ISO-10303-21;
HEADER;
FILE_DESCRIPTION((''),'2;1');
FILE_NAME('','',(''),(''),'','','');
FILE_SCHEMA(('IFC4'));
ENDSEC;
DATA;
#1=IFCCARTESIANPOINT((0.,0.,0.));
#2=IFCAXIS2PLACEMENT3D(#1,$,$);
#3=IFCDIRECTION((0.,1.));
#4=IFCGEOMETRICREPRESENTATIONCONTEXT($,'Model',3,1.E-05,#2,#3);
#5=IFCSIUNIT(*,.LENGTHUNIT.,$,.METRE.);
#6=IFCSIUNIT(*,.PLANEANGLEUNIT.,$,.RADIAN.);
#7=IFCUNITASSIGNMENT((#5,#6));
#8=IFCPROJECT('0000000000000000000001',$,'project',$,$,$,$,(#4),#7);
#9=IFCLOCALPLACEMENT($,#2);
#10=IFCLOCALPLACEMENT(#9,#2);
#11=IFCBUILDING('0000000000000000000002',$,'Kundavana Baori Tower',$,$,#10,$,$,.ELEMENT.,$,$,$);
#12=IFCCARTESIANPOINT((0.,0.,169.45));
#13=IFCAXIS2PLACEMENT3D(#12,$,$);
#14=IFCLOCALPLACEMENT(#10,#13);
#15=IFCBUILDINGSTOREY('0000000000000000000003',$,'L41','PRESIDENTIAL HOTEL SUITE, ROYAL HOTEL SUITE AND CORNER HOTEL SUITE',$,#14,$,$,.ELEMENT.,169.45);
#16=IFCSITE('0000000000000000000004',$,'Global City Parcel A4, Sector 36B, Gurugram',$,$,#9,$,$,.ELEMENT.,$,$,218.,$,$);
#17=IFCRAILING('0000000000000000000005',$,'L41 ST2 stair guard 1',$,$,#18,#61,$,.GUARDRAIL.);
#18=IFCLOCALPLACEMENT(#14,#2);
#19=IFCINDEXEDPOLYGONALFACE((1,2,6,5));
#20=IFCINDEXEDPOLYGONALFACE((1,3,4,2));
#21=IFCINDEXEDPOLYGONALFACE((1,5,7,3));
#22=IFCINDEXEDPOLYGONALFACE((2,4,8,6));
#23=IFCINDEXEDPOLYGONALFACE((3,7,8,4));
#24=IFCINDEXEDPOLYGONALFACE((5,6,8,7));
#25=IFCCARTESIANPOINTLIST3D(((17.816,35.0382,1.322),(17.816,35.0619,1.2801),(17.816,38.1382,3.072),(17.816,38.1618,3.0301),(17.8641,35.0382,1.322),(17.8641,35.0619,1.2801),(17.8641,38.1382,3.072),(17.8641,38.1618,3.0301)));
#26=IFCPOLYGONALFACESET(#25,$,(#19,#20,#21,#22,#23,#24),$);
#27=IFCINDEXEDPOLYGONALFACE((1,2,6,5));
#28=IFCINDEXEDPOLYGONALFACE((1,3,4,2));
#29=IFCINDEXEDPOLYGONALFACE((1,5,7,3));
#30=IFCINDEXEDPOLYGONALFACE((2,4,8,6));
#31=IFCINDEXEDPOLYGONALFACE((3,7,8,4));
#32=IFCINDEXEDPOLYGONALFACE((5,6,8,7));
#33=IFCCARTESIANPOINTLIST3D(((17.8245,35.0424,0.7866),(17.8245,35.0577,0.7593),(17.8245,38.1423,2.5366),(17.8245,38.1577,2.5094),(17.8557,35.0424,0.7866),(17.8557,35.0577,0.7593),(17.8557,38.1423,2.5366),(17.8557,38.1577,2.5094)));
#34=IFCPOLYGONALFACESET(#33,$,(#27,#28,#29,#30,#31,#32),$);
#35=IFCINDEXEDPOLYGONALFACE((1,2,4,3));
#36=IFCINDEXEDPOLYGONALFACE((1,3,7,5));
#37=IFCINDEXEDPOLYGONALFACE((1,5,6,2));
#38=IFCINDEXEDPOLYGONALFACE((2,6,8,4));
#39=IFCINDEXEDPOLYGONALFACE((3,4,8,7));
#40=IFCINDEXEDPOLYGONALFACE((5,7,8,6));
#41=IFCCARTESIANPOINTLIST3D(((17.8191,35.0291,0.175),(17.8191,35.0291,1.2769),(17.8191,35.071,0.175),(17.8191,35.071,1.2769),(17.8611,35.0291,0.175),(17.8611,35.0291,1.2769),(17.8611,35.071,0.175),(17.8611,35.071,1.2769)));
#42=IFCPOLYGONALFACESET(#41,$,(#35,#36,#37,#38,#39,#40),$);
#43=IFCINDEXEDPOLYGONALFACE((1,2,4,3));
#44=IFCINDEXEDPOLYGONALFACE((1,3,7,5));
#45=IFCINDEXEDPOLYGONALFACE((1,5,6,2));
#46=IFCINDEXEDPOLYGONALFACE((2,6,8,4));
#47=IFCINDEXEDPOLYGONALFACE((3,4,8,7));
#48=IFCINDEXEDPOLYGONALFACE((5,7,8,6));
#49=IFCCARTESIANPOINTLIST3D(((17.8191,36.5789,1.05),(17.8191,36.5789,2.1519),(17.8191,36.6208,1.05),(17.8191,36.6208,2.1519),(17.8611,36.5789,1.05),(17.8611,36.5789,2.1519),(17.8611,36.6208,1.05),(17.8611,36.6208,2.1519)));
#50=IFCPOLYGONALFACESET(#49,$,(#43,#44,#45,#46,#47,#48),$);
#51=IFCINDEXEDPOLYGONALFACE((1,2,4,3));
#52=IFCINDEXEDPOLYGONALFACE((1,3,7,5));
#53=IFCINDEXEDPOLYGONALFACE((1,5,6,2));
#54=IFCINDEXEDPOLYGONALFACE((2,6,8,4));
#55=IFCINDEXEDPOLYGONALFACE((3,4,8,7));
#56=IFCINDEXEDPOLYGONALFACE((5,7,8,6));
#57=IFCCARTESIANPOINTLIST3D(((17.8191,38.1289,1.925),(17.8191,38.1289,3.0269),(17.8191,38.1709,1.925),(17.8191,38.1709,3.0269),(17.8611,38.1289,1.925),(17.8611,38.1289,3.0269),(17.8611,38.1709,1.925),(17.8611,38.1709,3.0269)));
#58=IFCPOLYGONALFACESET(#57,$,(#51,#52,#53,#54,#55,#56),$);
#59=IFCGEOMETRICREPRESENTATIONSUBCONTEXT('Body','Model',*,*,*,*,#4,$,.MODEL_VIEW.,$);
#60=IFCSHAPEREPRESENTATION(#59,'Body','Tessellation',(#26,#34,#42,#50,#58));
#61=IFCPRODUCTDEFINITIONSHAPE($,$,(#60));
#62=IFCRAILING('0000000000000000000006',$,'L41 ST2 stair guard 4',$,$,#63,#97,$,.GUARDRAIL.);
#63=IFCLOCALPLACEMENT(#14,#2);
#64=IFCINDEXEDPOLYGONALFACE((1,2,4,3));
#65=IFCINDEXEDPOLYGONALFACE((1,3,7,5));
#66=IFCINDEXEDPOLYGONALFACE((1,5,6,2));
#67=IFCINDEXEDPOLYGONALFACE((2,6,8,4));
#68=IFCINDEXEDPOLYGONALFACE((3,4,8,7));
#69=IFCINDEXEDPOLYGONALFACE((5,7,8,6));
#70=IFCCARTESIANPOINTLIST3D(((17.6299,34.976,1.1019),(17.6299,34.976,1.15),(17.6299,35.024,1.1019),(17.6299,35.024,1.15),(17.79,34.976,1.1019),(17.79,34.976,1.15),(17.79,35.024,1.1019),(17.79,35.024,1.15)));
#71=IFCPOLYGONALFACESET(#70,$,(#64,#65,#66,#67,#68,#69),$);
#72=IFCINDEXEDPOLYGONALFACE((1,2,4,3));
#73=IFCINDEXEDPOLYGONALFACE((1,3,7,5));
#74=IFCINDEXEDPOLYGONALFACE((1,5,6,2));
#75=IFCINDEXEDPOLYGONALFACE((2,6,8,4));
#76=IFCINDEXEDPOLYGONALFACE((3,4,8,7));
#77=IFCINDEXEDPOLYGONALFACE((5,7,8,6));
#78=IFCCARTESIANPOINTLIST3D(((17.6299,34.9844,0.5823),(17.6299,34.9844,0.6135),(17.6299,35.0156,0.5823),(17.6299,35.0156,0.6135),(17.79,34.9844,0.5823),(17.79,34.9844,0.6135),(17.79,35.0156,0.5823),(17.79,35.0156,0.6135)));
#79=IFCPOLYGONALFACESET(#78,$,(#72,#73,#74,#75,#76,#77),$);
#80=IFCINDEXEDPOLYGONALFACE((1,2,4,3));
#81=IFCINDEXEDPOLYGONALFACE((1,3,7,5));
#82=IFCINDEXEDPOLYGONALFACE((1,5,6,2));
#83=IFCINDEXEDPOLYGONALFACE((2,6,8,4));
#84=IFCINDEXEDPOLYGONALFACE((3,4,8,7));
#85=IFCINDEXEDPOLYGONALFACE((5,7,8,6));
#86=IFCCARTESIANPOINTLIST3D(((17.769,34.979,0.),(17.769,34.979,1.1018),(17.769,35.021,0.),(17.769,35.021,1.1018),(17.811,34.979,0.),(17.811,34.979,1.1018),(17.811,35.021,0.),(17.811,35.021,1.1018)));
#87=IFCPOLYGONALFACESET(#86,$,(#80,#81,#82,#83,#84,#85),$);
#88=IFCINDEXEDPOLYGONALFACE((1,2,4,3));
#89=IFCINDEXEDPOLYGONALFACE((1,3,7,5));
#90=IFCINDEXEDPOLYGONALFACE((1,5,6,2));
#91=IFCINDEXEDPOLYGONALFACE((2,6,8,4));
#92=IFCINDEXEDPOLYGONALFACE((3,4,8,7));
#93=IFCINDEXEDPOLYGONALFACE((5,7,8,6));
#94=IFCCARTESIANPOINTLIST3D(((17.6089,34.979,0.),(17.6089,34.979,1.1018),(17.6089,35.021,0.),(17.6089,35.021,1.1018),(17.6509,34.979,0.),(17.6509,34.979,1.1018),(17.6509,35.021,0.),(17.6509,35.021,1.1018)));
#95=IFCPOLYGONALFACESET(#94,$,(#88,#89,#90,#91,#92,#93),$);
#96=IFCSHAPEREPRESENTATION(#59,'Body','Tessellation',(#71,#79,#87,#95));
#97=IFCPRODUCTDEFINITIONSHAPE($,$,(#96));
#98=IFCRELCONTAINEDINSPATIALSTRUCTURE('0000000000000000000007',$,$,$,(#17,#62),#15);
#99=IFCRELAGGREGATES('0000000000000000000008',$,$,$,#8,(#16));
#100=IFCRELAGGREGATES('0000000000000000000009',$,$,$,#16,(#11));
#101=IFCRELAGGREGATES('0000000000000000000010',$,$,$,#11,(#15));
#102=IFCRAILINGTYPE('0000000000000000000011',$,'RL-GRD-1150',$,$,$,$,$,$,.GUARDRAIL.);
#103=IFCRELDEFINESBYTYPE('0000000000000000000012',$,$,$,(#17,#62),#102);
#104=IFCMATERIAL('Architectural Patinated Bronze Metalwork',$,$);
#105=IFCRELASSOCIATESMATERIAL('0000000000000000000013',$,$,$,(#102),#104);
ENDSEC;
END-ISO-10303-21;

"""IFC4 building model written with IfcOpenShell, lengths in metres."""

from ifc_helpers import new_model, si_unit, direction, frame, origin, origin_2d, place, context, subcontext, project, spatial, rectangle, extrude, material, type_object, element, save


model = new_model("IFC4")

# Units and contexts
model_context = context("Model", 3, precision=1e-05, world=origin(), true_north=direction((0.0, 1.0)))
body_context = subcontext(model_context, "Body", "Model", "MODEL_VIEW")
ifc_project = project(units=[si_unit("LENGTHUNIT", "METRE"), si_unit("PLANEANGLEUNIT", "RADIAN")], contexts=[model_context])

# Site, building, storey
site_placement = place(None, origin())
site = spatial("IfcSite", under=ifc_project, at=site_placement, Name="Global City Parcel A4, Sector 36B, Gurugram", CompositionType="ELEMENT", RefElevation=218.0)
building_placement = place(site_placement, origin())
building = spatial("IfcBuilding", under=site, at=building_placement, Name="Kundavana Baori Tower", CompositionType="ELEMENT")
storey_placement = place(building_placement, frame((0.0, 0.0, 169.45)))
storey = spatial("IfcBuildingStorey", under=building, at=storey_placement, Name="L41", Description="PRESIDENTIAL HOTEL SUITE, ROYAL HOTEL SUITE AND CORNER HOTEL SUITE", CompositionType="ELEMENT", Elevation=169.45)

# Railings
ifc_material_1 = material(Name="Architectural Patinated Bronze Metalwork")
railing_type = type_object("IfcRailingType", Name="RL-GRD-1150", PredefinedType="GUARDRAIL", material=ifc_material_1)
railing_1_placement = place(storey_placement, frame((17.8401, 35.05, 0.175)))
element("IfcRailing", 1, at=railing_1_placement, inside=storey, type_object=railing_type, Name="L41 ST2 stair guard 1", PredefinedType="GUARDRAIL", context=body_context, shape_type="SweptSolid", body=[
    extrude(rectangle(XDim=0.0481, YDim=0.0481, at=origin_2d()), frame((0.0, 0.0, 1.126), z_axis=(0.0, 0.870814, 0.491612), x_axis=(-1.0, 0.0, 0.0)), (0.0, 0.0, 1.0), 3.5598),
    extrude(rectangle(XDim=0.0312, YDim=0.0312, at=origin_2d()), frame((0.0, 0.0, 0.5979), z_axis=(0.0, 0.870814, 0.491612), x_axis=(-1.0, 0.0, 0.0)), (0.0, 0.0, 1.0), 3.5598),
    extrude(rectangle(XDim=0.042, YDim=0.042, at=origin_2d()), origin(), (0.0, 0.0, 1.0), 1.1018),
    extrude(rectangle(XDim=0.042, YDim=0.042, at=origin_2d()), frame((0.0, 1.5498, 0.875)), (0.0, 0.0, 1.0), 1.1018),
    extrude(rectangle(XDim=0.042, YDim=0.042, at=origin_2d()), frame((0.0, 3.0999, 1.75)), (0.0, 0.0, 1.0), 1.1018),
])
railing_2_placement = place(storey_placement, frame((17.79, 35.0, 0.0)))
element("IfcRailing", 2, at=railing_2_placement, inside=storey, type_object=railing_type, Name="L41 ST2 stair guard 4", PredefinedType="GUARDRAIL", context=body_context, shape_type="SweptSolid", body=[
    extrude(rectangle(XDim=0.0481, YDim=0.0481, at=origin_2d()), frame((0.0, 0.0, 1.126), z_axis=(-1.0, 0.0, 0.0), x_axis=(0.0, -1.0, 0.0)), (0.0, 0.0, 1.0), 0.1602),
    extrude(rectangle(XDim=0.0312, YDim=0.0312, at=origin_2d()), frame((0.0, 0.0, 0.5979), z_axis=(-1.0, 0.0, 0.0), x_axis=(0.0, -1.0, 0.0)), (0.0, 0.0, 1.0), 0.1602),
    extrude(rectangle(XDim=0.042, YDim=0.042, at=origin_2d()), origin(), (0.0, 0.0, 1.0), 1.1018),
    extrude(rectangle(XDim=0.042, YDim=0.042, at=origin_2d()), frame((-0.1602, 0.0, 0.0)), (0.0, 0.0, 1.0), 1.1018),
])

save(model, "model.ifc")
